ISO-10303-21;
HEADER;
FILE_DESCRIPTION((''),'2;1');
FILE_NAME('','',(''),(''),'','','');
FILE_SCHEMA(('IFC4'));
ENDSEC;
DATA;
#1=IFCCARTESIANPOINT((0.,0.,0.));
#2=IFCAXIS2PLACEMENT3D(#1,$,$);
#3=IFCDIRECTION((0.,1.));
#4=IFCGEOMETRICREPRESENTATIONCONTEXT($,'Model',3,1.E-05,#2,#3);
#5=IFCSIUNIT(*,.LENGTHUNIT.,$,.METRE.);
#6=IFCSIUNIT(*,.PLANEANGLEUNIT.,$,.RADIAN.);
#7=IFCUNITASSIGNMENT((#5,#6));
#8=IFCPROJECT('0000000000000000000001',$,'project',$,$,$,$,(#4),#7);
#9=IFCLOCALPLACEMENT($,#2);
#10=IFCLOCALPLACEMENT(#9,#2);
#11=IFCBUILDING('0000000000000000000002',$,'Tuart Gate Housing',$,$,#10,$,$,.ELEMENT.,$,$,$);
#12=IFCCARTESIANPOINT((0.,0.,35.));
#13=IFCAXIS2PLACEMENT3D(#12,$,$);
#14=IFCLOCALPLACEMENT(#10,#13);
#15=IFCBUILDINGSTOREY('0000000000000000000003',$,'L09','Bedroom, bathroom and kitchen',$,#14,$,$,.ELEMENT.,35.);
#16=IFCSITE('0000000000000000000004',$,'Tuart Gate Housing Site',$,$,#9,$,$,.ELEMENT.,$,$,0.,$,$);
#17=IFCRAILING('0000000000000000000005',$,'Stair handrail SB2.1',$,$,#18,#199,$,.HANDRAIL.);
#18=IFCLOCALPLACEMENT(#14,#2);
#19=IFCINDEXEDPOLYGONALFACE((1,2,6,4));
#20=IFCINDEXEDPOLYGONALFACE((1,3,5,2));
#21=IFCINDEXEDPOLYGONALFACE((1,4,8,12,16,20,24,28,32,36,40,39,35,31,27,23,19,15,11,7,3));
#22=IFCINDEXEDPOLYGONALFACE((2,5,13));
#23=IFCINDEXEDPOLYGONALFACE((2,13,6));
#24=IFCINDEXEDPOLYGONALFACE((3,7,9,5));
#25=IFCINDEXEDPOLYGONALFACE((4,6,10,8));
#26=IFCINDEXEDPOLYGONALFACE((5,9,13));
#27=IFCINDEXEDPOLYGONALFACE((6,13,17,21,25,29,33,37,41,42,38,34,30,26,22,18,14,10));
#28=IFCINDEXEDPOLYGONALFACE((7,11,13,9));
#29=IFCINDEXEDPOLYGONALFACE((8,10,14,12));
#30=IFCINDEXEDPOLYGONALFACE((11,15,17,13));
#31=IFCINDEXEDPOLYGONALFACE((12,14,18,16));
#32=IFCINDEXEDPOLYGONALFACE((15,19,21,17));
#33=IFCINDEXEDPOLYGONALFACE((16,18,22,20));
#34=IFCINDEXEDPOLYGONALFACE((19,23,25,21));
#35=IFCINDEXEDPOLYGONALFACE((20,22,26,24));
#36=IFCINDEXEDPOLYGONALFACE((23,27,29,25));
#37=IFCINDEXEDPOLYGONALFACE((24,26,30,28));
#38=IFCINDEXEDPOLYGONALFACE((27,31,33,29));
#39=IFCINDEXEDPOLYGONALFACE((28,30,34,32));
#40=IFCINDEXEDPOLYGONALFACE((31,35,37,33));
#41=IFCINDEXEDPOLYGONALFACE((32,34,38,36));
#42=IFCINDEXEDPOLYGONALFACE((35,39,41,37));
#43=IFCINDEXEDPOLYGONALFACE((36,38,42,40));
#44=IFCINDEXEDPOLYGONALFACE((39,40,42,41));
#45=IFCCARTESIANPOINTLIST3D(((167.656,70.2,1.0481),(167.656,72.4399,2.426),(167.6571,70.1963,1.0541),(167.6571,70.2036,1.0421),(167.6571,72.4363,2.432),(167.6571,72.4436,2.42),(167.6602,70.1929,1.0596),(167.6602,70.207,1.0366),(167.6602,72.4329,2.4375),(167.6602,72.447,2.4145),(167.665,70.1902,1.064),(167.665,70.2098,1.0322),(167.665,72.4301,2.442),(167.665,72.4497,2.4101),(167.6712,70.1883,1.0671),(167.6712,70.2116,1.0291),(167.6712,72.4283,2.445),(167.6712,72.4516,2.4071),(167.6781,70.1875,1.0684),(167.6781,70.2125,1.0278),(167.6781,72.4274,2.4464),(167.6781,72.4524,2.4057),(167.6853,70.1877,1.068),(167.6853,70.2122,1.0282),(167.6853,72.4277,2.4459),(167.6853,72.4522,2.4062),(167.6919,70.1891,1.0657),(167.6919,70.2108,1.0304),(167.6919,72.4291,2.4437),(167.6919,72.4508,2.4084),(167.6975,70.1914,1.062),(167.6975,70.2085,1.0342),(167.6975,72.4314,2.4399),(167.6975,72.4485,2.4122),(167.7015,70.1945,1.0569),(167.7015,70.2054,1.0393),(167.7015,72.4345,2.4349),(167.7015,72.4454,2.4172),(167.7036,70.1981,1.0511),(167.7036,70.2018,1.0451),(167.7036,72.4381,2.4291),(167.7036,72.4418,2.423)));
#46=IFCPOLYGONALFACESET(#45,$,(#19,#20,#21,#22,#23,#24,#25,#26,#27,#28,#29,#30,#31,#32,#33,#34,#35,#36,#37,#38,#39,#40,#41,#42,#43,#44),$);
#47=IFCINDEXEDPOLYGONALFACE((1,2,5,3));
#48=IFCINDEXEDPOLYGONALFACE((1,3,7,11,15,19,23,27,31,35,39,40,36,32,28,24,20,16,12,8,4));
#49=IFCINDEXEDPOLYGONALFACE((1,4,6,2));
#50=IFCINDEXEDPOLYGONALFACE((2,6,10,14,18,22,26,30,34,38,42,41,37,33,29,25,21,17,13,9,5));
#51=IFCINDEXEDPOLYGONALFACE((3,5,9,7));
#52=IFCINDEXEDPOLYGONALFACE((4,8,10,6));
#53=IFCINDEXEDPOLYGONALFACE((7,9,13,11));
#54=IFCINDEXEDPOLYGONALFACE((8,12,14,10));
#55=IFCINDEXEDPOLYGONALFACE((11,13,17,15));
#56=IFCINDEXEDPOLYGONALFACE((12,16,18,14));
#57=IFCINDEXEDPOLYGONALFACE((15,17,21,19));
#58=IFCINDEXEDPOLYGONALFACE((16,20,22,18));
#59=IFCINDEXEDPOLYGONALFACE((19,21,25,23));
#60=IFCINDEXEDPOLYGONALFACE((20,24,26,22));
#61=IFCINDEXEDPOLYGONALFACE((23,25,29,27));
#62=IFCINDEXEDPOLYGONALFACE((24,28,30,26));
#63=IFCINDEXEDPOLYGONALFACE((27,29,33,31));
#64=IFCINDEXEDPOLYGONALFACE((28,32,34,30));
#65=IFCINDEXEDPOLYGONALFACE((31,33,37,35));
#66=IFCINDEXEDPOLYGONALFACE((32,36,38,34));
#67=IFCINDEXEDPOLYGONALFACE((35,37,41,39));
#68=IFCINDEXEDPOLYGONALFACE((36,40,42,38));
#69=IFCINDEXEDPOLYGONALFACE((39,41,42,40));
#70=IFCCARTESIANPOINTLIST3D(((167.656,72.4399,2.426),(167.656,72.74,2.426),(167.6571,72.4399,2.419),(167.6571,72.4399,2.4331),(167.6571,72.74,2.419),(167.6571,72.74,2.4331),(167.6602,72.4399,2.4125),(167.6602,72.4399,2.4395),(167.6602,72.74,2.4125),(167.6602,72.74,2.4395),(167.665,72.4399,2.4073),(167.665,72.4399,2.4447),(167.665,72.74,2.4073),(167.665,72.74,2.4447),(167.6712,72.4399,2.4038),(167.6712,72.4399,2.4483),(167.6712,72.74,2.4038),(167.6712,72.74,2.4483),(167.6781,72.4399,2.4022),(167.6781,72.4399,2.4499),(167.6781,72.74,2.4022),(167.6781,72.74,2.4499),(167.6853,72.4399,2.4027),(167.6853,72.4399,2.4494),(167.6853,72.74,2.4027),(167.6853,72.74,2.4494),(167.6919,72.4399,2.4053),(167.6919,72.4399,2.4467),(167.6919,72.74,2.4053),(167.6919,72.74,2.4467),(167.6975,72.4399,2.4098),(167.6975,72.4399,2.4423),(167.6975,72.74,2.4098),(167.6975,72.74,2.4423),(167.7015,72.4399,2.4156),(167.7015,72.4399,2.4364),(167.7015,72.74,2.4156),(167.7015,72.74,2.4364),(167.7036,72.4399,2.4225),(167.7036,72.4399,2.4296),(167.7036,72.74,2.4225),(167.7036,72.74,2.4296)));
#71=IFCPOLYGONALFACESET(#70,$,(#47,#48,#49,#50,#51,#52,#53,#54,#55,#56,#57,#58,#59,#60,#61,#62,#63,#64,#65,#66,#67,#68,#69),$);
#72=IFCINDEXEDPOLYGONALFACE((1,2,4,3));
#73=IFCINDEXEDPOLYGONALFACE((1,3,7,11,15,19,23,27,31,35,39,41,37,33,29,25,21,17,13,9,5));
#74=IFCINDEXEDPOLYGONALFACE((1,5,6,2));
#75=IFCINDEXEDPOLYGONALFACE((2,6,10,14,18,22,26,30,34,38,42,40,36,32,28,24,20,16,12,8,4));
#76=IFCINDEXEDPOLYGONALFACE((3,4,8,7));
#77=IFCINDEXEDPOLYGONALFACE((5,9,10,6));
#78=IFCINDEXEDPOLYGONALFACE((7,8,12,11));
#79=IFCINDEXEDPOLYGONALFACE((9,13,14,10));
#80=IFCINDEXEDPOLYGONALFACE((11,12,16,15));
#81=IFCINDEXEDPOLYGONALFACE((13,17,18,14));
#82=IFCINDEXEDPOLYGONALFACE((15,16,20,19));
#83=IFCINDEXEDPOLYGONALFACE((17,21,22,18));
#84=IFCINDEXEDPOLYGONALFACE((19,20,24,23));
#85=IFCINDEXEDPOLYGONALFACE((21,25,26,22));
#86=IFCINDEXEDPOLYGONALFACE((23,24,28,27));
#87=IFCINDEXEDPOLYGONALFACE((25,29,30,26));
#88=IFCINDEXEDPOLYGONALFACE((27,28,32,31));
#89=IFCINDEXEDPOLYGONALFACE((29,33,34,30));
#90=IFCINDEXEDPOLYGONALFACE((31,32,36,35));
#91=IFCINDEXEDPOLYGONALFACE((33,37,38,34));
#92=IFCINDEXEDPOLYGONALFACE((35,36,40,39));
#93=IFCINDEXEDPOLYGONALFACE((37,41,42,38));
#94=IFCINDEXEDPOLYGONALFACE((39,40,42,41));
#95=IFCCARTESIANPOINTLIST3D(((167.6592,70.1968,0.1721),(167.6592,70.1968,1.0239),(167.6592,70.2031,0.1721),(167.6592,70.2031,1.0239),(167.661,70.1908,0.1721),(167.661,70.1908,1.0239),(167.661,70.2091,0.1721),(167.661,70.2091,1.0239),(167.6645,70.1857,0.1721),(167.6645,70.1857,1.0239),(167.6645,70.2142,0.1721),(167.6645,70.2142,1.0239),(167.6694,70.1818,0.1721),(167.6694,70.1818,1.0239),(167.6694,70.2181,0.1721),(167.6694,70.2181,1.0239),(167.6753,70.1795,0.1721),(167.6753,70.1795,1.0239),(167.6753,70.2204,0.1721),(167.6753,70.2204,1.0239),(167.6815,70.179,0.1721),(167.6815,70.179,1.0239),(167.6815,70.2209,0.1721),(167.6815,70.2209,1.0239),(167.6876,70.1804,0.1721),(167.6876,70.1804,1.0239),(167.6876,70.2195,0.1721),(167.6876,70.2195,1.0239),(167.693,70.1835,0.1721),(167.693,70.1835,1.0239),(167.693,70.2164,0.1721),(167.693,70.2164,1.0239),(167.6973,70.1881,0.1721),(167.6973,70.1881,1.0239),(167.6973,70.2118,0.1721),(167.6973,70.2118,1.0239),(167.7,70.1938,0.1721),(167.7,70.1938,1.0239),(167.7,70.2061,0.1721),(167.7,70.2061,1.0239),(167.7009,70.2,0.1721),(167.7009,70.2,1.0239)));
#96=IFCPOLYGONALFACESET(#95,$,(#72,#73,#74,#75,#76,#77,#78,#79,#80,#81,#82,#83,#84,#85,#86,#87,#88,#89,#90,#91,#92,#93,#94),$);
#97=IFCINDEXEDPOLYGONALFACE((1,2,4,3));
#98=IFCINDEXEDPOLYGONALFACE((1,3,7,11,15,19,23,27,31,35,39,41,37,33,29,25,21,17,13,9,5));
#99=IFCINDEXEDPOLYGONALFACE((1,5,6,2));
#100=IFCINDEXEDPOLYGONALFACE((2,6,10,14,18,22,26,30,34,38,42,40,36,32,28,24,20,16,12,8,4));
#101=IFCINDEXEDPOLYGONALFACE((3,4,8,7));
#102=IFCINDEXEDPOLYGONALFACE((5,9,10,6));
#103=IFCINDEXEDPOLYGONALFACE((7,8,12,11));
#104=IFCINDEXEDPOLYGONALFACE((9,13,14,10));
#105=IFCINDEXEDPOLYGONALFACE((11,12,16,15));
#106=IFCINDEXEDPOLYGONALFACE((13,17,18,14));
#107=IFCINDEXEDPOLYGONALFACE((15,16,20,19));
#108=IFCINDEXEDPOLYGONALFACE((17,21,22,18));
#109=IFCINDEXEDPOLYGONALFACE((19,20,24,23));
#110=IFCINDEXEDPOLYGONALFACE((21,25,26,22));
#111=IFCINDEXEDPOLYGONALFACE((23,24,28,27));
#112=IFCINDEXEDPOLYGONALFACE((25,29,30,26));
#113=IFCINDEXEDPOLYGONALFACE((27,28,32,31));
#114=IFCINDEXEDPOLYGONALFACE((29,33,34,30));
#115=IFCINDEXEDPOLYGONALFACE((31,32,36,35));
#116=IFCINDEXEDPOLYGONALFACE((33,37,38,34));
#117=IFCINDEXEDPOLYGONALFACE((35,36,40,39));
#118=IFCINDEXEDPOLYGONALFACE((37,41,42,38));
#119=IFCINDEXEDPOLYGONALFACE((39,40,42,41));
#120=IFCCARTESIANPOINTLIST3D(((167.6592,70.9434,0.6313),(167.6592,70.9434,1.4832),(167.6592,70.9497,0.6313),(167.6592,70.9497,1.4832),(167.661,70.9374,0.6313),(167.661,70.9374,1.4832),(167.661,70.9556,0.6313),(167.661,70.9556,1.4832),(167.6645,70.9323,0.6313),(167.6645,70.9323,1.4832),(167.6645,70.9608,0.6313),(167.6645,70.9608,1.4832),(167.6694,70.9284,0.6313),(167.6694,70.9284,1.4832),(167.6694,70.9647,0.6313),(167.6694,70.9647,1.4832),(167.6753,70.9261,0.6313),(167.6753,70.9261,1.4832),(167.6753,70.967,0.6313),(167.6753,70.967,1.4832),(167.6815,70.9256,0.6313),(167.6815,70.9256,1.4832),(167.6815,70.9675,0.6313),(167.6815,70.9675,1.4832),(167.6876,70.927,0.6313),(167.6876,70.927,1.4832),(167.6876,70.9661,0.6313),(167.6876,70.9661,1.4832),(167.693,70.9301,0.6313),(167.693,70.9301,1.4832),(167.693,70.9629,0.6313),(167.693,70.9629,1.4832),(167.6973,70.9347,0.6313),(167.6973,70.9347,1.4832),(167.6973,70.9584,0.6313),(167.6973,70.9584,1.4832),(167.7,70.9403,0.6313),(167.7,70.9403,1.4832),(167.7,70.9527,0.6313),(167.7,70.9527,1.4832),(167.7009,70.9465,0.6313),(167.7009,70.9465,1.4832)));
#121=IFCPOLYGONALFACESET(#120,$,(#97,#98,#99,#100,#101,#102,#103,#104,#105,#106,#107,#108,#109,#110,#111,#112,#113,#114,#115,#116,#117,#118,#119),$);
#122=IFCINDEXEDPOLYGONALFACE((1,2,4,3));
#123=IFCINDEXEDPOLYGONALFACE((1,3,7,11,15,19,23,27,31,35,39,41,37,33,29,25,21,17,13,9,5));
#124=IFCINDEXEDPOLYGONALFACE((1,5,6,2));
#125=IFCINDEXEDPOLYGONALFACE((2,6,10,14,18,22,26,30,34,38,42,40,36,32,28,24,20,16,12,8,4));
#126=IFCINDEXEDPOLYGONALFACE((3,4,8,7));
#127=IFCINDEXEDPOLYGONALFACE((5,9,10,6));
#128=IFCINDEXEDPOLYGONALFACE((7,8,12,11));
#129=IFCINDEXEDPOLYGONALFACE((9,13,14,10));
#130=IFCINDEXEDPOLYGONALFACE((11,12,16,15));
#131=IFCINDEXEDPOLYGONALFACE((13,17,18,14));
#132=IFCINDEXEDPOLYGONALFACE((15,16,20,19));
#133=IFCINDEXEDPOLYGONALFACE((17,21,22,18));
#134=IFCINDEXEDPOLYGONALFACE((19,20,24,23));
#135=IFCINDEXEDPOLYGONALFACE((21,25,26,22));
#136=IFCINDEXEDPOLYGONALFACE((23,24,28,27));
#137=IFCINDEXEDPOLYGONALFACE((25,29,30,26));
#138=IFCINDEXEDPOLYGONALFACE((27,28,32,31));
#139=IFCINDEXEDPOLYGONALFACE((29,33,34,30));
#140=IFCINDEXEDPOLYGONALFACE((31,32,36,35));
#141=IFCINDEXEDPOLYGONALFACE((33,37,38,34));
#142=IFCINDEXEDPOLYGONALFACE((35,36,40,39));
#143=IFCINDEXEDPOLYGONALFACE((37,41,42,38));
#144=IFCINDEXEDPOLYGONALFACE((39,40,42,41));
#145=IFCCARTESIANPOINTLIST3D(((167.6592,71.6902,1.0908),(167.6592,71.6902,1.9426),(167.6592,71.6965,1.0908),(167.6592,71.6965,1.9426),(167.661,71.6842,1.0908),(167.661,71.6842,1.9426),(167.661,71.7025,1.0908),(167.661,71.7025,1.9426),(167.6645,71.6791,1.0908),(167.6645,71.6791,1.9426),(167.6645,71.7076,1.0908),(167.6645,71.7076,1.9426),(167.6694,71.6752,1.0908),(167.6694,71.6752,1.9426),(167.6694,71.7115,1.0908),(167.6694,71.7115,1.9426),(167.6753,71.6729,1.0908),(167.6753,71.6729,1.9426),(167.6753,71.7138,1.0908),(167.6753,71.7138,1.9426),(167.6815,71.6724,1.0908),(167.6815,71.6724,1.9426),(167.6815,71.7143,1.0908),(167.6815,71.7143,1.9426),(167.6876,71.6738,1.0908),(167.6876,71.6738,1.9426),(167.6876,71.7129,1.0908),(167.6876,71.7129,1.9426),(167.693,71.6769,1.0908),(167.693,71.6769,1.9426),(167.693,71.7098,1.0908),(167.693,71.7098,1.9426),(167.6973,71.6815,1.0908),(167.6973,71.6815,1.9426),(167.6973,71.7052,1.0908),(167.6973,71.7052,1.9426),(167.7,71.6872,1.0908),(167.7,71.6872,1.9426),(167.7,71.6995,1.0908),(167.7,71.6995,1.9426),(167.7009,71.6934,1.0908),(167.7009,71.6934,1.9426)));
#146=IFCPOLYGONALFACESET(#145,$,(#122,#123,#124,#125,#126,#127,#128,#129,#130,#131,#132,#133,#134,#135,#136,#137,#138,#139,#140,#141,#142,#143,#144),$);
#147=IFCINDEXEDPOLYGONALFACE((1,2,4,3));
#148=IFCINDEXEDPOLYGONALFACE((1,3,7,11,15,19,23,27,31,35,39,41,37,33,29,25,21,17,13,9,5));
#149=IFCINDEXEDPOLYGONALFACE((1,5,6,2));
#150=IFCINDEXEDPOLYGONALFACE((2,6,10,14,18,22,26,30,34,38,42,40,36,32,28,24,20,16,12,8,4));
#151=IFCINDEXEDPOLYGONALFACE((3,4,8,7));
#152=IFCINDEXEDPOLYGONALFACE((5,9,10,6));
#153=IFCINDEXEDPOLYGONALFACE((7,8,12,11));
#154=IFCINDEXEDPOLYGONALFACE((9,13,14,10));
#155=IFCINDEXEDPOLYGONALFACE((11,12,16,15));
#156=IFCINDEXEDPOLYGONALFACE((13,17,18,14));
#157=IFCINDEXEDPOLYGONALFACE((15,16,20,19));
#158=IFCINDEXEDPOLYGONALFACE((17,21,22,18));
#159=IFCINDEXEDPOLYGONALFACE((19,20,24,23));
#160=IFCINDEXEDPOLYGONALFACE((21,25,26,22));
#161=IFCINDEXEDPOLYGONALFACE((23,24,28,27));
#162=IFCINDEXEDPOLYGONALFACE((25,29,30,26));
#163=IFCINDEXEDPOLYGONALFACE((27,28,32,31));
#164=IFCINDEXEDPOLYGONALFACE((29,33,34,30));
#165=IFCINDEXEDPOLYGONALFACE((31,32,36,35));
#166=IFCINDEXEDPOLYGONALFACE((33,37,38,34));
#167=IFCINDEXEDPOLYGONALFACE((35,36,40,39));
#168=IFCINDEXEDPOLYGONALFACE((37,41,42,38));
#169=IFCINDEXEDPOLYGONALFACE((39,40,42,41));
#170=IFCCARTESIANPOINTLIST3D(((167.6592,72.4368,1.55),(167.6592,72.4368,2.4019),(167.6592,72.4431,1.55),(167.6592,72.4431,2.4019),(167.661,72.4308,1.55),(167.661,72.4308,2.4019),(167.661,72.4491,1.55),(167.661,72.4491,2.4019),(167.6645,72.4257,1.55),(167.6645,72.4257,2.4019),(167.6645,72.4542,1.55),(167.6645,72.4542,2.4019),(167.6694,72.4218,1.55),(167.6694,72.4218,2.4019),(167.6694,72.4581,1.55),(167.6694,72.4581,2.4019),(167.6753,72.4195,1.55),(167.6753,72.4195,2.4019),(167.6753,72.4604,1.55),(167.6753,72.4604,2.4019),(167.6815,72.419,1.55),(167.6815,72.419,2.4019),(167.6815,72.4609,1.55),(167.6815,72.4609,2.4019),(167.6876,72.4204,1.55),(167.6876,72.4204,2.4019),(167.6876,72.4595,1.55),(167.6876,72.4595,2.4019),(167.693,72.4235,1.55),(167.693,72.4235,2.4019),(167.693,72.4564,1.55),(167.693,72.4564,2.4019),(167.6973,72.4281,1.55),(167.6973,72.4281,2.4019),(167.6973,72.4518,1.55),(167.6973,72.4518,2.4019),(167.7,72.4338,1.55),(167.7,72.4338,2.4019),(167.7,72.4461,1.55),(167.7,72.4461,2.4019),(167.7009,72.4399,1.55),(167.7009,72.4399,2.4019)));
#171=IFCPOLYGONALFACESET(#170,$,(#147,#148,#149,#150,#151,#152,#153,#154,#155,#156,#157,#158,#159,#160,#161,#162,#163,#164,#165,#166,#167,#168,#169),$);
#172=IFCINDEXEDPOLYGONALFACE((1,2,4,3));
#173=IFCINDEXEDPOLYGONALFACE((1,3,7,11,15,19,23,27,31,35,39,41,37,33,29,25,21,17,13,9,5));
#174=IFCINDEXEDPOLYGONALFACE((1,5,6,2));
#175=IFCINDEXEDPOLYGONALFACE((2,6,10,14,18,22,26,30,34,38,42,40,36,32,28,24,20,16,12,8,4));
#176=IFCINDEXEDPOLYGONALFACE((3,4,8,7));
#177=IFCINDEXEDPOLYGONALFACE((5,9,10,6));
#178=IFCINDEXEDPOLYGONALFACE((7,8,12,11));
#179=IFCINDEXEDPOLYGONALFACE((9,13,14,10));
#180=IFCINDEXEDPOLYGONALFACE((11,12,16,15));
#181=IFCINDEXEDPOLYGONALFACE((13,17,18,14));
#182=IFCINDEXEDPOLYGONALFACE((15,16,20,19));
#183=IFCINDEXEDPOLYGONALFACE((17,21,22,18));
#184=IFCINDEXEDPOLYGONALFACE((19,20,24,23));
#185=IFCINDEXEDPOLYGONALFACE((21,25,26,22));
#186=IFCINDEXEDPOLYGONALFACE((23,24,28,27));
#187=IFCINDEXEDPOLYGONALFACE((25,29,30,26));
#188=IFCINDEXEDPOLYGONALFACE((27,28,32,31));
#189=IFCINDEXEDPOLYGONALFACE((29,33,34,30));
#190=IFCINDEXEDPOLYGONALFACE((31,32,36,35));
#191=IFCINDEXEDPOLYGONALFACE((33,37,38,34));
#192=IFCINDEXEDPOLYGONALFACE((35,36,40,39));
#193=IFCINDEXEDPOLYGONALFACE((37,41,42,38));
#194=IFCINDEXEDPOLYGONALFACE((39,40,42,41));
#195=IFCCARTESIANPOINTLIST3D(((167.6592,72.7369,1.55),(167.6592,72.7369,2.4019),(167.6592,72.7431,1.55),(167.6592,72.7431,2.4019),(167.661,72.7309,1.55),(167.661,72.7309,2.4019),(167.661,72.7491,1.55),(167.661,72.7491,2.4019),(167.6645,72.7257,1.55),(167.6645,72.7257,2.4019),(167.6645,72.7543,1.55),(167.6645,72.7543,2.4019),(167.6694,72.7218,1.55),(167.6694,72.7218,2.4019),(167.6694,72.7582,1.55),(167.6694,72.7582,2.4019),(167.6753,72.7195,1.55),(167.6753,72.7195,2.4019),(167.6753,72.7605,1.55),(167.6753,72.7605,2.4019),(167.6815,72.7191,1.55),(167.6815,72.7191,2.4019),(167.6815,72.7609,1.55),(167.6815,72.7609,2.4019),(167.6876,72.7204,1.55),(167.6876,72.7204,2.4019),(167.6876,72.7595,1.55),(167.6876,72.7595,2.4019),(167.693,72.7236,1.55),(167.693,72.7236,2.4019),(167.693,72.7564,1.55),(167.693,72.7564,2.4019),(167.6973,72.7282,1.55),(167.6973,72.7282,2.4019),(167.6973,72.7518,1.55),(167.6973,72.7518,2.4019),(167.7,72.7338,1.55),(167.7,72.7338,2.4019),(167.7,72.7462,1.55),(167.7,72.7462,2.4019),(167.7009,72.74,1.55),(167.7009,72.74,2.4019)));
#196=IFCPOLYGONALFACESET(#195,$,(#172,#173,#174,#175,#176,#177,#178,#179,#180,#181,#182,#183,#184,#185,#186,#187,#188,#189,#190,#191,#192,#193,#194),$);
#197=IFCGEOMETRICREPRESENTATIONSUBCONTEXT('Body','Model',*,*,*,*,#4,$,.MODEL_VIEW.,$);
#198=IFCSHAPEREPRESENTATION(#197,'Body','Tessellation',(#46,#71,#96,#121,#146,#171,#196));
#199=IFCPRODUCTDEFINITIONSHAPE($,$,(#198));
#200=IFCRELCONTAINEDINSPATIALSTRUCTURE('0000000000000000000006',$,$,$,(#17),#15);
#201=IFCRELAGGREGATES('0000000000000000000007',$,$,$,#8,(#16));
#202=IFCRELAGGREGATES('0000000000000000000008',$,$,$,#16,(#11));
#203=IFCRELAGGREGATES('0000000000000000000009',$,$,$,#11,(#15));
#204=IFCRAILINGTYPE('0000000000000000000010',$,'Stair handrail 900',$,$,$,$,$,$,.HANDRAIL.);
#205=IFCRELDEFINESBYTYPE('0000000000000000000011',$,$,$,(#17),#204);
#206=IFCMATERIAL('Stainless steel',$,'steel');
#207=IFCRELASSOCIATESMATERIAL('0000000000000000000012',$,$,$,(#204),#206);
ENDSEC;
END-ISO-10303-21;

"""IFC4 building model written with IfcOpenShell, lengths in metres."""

from ifc_helpers import new_model, si_unit, direction, frame, origin, origin_2d, place, context, subcontext, project, spatial, circle, extrude, material, type_object, element, save


model = new_model("IFC4")

# Units and contexts
model_context = context("Model", 3, precision=1e-05, world=origin(), true_north=direction((0.0, 1.0)))
body_context = subcontext(model_context, "Body", "Model", "MODEL_VIEW")
ifc_project = project(units=[si_unit("LENGTHUNIT", "METRE"), si_unit("PLANEANGLEUNIT", "RADIAN")], contexts=[model_context])

# Site, building, storey
site_placement = place(None, origin())
site = spatial("IfcSite", under=ifc_project, at=site_placement, Name="Tuart Gate Housing Site", CompositionType="ELEMENT", RefElevation=0.0)
building_placement = place(site_placement, origin())
building = spatial("IfcBuilding", under=site, at=building_placement, Name="Tuart Gate Housing", CompositionType="ELEMENT")
storey_placement = place(building_placement, frame((0.0, 0.0, 35.0)))
storey = spatial("IfcBuildingStorey", under=building, at=storey_placement, Name="L09", Description="Bedroom, bathroom and kitchen", CompositionType="ELEMENT", Elevation=35.0)

# Railing
ifc_material_1 = material(Name="Stainless steel", Category="steel")
railing_type = type_object("IfcRailingType", Name="Stair handrail 900", PredefinedType="HANDRAIL", material=ifc_material_1)
railing_placement = place(storey_placement, frame((167.6799, 70.2, 0.1721)))
element("IfcRailing", 1, at=railing_placement, inside=storey, type_object=railing_type, Name="Stair handrail SB2.1", PredefinedType="HANDRAIL", context=body_context, shape_type="SweptSolid", body=[
    extrude(circle(Radius=0.0239, at=origin_2d()), frame((0.0, 0.0, 0.876), z_axis=(0.0, 0.851748, 0.523952), x_axis=(-1.0, 0.0, 0.0)), (0.0, 0.0, 1.0), 2.6299),
    extrude(circle(Radius=0.0239, at=origin_2d()), frame((0.0, 2.24, 2.2539), z_axis=(0.0, 1.0, 0.0), x_axis=(-1.0, 0.0, 0.0)), (0.0, 0.0, 1.0), 0.3),
    extrude(circle(Radius=0.021, at=origin_2d()), origin(), (0.0, 0.0, 1.0), 0.8518),
    extrude(circle(Radius=0.021, at=origin_2d()), frame((0.0, 0.7466, 0.4592)), (0.0, 0.0, 1.0), 0.8518),
    extrude(circle(Radius=0.021, at=origin_2d()), frame((0.0, 1.4934, 0.9187)), (0.0, 0.0, 1.0), 0.8518),
    extrude(circle(Radius=0.021, at=origin_2d()), frame((0.0, 2.24, 1.3779)), (0.0, 0.0, 1.0), 0.8518),
    extrude(circle(Radius=0.021, at=origin_2d()), frame((0.0, 2.54, 1.3779)), (0.0, 0.0, 1.0), 0.8518),
])

save(model, "model.ifc")
